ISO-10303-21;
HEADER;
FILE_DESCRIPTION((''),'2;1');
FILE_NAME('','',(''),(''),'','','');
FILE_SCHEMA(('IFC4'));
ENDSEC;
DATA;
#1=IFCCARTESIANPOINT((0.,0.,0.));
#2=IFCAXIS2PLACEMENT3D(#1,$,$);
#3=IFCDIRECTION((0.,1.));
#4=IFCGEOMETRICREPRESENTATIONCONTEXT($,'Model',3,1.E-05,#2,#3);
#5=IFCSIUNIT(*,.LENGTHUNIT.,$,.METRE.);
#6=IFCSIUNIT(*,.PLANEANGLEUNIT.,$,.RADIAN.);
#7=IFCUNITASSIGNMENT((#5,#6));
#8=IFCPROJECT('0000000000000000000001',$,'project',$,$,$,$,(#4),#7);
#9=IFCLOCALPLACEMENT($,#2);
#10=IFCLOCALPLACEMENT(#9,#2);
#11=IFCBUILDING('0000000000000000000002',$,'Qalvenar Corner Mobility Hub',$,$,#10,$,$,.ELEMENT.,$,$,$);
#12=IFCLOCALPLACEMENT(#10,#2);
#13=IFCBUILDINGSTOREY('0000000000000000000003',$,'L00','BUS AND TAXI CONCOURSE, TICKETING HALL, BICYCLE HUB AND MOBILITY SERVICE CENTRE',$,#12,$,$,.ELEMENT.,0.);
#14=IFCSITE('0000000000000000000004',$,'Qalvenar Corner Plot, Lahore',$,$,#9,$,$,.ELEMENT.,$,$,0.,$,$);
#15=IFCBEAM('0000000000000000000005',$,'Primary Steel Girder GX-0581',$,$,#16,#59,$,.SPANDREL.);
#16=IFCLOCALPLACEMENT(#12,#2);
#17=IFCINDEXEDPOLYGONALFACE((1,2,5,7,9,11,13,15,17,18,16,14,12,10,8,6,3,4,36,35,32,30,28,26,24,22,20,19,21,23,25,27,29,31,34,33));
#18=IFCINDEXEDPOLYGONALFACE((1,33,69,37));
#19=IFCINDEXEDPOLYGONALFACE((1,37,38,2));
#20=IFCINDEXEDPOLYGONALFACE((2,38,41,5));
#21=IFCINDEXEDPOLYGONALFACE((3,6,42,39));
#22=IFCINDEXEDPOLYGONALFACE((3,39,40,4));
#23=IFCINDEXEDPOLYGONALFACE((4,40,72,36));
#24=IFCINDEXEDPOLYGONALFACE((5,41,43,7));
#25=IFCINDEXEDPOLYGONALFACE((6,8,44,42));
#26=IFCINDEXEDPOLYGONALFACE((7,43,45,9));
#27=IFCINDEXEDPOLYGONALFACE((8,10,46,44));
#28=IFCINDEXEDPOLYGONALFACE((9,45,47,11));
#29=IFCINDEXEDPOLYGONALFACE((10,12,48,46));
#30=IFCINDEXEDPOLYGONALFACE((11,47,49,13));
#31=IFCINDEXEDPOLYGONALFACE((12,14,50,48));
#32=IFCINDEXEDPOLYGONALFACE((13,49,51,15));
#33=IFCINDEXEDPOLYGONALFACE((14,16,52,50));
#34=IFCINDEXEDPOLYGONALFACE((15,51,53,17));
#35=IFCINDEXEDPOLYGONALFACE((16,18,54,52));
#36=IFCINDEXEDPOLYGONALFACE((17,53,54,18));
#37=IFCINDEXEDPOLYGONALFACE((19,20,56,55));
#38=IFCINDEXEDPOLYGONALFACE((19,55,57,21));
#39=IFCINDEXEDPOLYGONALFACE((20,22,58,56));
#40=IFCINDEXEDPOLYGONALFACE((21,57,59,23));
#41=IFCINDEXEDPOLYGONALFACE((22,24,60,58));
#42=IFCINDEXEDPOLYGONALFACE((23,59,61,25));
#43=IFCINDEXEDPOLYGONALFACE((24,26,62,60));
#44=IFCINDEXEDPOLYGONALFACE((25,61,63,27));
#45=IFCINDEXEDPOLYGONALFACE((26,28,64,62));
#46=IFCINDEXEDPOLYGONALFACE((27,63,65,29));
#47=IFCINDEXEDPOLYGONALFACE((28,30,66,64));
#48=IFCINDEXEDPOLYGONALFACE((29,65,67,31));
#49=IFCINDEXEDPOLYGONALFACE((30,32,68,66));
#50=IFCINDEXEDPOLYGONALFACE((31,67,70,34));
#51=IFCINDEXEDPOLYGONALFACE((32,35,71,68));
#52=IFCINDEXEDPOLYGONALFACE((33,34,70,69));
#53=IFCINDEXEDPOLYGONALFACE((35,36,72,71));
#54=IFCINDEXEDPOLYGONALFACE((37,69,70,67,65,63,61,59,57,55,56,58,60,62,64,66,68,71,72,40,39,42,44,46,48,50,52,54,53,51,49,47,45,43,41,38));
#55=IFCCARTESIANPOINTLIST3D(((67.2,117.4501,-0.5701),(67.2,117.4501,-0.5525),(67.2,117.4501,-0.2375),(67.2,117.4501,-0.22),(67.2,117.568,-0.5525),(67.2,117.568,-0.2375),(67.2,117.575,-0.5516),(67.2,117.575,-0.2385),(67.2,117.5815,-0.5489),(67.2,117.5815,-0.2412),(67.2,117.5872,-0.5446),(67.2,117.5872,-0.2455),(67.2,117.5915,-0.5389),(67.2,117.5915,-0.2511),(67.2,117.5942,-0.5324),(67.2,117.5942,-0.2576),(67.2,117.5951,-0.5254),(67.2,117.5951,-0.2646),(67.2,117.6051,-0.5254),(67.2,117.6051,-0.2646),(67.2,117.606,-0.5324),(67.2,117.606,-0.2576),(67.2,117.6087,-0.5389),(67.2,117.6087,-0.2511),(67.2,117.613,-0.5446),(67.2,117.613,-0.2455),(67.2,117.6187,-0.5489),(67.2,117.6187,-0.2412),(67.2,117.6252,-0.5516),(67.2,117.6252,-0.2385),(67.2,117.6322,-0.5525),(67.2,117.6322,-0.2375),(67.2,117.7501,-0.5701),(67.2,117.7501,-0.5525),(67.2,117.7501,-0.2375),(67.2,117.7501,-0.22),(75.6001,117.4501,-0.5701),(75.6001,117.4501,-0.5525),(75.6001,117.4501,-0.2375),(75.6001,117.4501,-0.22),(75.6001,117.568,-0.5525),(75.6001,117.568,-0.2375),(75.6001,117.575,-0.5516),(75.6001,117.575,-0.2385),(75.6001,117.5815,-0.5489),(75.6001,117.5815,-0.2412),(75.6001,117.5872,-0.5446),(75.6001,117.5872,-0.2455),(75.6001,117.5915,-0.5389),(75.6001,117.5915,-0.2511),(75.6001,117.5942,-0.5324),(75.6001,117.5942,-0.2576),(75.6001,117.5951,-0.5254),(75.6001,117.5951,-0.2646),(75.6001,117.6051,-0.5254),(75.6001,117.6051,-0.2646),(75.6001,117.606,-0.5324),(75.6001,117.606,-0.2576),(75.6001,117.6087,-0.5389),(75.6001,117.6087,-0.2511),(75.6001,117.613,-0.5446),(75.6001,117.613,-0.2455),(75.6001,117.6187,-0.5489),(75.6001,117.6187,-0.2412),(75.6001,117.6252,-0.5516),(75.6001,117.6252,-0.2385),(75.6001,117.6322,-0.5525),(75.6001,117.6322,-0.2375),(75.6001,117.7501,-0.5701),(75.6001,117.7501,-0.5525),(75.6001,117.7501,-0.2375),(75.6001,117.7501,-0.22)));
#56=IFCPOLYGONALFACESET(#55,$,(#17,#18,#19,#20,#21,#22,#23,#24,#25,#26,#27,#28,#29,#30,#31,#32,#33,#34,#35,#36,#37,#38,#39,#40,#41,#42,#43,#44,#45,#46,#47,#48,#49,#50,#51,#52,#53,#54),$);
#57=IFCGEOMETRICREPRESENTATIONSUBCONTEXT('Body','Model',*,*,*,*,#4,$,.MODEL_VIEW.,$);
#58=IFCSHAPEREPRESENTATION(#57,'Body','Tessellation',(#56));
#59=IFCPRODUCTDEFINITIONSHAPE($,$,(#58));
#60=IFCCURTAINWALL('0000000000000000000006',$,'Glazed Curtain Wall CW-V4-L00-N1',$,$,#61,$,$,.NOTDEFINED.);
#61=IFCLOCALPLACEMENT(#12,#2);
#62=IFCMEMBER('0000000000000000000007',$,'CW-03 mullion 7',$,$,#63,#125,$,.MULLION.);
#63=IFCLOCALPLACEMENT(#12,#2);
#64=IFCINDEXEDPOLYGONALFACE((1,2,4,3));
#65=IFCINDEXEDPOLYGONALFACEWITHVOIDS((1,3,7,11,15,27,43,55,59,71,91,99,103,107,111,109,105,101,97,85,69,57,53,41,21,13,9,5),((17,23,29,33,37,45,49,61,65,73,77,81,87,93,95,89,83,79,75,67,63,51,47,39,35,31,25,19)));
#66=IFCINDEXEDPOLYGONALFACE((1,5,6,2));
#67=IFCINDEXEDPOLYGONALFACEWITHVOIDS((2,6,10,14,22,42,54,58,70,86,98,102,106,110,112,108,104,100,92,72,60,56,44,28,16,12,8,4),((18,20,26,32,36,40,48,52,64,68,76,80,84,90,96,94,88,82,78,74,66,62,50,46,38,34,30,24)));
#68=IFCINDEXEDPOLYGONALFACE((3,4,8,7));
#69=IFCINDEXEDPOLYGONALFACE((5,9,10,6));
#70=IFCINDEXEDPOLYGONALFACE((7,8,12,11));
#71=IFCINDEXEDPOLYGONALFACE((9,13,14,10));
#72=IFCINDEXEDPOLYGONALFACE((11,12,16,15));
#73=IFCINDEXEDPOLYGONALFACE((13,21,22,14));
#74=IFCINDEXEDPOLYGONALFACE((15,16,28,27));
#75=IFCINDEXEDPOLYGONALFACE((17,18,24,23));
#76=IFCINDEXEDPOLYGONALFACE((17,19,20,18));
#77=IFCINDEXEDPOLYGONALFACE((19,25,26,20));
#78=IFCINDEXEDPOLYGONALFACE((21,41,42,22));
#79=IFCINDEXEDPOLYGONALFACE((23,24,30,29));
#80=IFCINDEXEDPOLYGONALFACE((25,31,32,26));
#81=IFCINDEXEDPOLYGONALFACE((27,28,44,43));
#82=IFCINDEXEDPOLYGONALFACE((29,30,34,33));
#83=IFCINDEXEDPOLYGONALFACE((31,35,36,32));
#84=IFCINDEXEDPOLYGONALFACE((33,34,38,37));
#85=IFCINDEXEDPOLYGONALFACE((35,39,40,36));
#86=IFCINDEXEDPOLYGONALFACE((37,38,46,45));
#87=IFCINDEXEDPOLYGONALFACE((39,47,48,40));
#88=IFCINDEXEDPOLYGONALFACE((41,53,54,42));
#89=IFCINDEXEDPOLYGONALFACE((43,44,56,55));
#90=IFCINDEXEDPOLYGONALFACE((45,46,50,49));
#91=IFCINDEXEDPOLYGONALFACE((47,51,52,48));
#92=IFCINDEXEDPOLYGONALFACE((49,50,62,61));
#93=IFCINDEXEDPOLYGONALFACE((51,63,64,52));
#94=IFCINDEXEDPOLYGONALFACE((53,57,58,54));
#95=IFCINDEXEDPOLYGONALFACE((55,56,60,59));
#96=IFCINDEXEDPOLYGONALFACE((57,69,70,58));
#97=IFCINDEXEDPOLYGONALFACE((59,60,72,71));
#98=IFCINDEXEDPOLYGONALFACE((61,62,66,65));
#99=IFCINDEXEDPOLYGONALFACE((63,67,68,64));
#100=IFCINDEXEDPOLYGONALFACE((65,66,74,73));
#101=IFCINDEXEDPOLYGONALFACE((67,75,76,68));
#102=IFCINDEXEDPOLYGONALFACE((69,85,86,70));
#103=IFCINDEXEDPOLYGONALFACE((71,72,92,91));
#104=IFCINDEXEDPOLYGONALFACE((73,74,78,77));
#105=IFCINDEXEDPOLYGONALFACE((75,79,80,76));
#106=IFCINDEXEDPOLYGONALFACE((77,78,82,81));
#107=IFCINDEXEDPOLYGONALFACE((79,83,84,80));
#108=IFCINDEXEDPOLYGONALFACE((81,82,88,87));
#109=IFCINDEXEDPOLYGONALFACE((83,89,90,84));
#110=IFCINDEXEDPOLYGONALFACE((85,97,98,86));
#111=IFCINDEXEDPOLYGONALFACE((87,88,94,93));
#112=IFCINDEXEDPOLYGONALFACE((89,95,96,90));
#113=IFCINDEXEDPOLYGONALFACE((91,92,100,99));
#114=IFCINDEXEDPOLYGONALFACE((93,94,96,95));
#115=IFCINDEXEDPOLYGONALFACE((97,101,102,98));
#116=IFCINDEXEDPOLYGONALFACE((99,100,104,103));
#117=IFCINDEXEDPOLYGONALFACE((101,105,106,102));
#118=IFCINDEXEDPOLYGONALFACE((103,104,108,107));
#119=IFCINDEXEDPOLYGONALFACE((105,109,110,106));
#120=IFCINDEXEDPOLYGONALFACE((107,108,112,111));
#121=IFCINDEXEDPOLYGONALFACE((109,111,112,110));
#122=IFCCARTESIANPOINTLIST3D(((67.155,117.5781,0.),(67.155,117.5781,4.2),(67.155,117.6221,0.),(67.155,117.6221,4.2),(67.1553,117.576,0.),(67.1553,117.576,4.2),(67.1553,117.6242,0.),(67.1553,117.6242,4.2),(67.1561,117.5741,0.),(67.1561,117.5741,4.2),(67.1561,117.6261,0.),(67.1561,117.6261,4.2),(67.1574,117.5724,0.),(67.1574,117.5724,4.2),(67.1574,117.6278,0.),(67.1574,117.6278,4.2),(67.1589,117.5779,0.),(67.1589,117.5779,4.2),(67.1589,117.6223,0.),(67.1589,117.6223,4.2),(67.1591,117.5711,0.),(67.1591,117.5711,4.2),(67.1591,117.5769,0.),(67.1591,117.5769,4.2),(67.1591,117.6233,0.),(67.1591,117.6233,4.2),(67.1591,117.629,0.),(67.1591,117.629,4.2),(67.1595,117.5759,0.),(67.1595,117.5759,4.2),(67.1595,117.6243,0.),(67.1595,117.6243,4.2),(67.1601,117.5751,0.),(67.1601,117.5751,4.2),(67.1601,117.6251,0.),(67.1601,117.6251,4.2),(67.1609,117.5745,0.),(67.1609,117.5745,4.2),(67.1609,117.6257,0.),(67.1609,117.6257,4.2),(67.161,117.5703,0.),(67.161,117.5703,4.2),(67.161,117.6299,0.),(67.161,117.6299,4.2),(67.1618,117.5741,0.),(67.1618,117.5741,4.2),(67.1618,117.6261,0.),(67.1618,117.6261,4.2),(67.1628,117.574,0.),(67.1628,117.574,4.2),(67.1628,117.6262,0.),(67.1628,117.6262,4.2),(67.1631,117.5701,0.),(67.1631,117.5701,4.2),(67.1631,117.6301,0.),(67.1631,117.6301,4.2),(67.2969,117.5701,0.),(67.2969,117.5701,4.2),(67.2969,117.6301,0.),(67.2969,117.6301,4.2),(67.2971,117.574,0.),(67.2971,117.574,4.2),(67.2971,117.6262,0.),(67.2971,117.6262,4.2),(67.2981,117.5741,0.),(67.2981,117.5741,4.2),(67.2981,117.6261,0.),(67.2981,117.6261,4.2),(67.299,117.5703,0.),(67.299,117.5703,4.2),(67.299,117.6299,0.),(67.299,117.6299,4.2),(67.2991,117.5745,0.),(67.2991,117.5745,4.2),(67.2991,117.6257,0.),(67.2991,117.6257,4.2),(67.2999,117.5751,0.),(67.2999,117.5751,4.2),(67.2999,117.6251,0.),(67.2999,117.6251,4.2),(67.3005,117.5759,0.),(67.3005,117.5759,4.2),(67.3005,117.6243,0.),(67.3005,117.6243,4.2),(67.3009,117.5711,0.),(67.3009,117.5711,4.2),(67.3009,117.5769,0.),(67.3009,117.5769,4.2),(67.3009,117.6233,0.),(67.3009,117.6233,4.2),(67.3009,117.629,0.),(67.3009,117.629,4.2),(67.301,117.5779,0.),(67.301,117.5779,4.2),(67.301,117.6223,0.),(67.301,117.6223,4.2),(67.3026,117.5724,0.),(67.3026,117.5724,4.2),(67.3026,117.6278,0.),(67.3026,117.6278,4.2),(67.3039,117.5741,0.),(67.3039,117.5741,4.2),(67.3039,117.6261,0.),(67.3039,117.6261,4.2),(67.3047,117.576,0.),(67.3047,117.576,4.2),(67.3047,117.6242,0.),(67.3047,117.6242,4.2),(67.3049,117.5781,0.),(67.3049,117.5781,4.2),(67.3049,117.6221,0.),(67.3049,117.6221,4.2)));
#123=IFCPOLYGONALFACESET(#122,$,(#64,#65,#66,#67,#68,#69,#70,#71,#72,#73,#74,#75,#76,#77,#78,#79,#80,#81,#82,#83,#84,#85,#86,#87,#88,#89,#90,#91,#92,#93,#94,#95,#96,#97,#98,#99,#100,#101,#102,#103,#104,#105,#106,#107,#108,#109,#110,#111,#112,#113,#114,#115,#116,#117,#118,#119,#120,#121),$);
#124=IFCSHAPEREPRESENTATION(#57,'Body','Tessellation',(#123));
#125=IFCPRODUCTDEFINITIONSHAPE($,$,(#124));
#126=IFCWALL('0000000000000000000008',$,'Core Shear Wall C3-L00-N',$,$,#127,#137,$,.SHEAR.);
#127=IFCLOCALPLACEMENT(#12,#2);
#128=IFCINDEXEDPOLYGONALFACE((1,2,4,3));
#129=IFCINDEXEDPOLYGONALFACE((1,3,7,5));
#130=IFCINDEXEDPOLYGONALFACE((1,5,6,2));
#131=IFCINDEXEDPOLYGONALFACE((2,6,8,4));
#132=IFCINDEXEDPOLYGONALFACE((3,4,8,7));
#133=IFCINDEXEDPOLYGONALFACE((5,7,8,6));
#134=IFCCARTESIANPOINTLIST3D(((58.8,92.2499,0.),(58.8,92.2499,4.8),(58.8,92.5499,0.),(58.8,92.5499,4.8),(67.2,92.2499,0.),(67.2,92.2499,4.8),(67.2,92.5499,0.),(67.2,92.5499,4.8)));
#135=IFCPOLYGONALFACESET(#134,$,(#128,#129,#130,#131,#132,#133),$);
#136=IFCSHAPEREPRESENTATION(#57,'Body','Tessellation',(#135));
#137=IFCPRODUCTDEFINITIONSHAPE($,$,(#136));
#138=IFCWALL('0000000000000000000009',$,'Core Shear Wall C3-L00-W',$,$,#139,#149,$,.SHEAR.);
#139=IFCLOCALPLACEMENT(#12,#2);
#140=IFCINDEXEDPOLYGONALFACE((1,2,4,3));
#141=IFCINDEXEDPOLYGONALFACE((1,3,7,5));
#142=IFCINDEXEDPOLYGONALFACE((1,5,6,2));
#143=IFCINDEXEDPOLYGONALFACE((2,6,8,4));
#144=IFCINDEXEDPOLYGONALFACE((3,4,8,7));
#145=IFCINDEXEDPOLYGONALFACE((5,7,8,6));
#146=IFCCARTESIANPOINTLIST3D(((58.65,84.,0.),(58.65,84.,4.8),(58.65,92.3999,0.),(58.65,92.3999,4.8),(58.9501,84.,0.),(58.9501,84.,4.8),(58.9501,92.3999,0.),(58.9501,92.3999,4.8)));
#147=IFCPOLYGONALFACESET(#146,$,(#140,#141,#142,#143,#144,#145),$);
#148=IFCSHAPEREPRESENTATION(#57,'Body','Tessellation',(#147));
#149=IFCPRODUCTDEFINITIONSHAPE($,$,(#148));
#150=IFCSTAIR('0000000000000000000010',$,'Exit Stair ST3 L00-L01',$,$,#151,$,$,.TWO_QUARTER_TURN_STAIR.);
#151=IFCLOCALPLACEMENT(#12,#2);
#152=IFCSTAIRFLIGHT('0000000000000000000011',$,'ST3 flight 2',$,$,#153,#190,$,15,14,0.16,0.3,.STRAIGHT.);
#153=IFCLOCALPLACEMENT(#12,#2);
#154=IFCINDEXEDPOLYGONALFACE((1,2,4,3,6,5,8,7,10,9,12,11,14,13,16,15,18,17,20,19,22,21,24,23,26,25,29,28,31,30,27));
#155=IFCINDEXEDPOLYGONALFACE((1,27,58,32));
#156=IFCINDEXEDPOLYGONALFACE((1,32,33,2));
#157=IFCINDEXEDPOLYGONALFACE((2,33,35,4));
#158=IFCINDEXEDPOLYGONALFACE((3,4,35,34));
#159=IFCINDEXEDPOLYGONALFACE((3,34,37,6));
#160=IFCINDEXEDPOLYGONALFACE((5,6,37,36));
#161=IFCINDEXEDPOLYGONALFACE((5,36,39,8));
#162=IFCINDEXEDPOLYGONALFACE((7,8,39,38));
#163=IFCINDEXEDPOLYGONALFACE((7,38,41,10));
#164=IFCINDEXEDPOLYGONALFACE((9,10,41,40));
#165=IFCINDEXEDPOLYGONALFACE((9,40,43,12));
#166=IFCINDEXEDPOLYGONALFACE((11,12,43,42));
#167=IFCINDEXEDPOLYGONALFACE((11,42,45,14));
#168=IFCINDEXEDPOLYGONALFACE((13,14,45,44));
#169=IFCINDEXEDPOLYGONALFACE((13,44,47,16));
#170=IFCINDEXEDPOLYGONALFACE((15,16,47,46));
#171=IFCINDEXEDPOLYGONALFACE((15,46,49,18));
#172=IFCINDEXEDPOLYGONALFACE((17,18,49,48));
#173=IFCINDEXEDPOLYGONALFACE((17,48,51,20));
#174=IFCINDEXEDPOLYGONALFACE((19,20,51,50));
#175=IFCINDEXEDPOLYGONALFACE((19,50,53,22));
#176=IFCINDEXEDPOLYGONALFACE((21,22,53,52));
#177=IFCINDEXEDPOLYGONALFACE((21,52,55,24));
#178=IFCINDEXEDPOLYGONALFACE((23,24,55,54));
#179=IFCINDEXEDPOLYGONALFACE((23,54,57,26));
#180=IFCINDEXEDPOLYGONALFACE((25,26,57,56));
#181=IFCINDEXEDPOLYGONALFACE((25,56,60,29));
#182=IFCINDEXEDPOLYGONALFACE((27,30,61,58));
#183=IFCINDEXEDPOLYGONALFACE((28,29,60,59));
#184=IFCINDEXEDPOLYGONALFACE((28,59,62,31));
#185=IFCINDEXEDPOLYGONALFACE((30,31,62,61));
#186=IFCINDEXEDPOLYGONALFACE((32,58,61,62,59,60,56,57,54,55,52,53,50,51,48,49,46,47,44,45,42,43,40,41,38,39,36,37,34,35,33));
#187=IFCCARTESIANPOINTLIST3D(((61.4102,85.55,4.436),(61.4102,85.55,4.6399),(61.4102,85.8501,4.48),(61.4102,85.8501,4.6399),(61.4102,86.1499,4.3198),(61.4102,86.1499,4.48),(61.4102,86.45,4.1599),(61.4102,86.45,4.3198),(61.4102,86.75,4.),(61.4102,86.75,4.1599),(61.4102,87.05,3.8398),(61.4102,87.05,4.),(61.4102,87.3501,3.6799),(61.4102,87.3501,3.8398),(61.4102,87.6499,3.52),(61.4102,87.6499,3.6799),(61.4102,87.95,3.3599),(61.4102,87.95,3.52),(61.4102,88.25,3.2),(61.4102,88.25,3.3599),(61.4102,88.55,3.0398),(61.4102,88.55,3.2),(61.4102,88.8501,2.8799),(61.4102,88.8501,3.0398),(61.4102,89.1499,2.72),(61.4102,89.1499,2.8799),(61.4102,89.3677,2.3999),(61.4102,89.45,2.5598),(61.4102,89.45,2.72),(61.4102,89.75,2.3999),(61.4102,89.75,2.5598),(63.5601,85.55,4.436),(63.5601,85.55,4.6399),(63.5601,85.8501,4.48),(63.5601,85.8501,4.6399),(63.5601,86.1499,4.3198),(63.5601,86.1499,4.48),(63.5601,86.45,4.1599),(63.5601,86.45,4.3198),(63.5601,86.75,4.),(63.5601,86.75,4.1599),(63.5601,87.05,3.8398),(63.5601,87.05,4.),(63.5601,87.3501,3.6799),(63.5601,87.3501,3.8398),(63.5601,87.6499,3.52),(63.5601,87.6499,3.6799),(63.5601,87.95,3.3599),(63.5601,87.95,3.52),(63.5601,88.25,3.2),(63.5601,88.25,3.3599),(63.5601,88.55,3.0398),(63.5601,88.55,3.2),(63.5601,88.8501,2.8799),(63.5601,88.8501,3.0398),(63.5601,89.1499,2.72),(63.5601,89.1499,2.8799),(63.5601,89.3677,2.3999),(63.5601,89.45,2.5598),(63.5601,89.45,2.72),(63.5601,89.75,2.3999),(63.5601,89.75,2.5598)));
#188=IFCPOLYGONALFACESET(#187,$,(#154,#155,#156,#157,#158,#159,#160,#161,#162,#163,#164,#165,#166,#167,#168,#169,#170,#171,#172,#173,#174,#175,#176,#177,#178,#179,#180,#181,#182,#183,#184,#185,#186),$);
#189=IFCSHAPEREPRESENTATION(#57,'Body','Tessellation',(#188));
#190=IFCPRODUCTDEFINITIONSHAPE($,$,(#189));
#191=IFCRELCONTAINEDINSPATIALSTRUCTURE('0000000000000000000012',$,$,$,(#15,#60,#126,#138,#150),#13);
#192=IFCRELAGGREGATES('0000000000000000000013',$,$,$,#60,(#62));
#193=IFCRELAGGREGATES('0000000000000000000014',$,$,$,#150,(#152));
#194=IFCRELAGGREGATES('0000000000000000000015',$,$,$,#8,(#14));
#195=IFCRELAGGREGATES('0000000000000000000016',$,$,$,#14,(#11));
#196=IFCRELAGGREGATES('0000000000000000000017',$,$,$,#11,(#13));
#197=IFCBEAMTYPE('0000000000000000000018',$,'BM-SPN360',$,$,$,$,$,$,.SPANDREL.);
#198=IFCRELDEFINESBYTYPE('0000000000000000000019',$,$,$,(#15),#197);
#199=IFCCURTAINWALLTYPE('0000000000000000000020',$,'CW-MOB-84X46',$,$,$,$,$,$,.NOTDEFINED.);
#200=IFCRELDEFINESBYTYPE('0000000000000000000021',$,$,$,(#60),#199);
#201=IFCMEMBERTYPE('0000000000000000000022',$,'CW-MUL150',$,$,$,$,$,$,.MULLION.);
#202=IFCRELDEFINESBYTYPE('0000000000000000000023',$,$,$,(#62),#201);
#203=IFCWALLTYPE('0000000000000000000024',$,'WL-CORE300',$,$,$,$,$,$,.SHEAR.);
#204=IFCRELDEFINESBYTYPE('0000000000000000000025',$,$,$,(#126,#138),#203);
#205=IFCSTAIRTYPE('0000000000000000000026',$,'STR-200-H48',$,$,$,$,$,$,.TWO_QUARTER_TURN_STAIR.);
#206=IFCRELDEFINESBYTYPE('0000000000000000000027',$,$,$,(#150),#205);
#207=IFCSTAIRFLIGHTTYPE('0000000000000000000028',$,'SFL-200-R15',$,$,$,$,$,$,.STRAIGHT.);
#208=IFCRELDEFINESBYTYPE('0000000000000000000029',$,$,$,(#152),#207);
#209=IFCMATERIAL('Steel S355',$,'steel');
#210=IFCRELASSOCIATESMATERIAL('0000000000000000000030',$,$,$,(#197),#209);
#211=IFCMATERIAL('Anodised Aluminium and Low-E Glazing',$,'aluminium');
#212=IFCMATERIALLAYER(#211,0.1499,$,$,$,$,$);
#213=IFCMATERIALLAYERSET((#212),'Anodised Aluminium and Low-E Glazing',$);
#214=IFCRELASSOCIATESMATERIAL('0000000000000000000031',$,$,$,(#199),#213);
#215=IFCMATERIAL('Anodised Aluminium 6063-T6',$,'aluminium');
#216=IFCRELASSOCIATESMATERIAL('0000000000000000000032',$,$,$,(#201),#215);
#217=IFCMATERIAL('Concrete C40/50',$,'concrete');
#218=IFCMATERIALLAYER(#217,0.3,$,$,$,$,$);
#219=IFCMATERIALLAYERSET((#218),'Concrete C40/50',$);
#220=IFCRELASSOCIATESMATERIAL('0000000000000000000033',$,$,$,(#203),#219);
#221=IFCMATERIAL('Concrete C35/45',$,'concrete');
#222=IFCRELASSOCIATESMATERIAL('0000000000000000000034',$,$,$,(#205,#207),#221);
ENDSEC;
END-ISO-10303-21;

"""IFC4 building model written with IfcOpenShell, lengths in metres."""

from ifc_helpers import new_model, si_unit, direction, frame, frame_2d, origin, origin_2d, place, context, subcontext, project, spatial, polyline, rectangle, hollow_rectangle, i_section, outline, extrude, material, layer, layer_set, material_profile, profile_set, type_object, element, aggregate, save


model = new_model("IFC4")

# Units and contexts
model_context = context("Model", 3, precision=1e-05, world=origin(), true_north=direction((0.0, 1.0)))
body_context = subcontext(model_context, "Body", "Model", "MODEL_VIEW")
ifc_project = project(units=[si_unit("LENGTHUNIT", "METRE"), si_unit("PLANEANGLEUNIT", "RADIAN")], contexts=[model_context])

# Site, building, storey
site_placement = place(None, origin())
site = spatial("IfcSite", under=ifc_project, at=site_placement, Name="Qalvenar Corner Plot, Lahore", CompositionType="ELEMENT", RefElevation=0.0)
building_placement = place(site_placement, origin())
building = spatial("IfcBuilding", under=site, at=building_placement, Name="Qalvenar Corner Mobility Hub", CompositionType="ELEMENT")
storey_placement = place(building_placement, origin())
storey = spatial("IfcBuildingStorey", under=building, at=storey_placement, Name="L00", Description="BUS AND TAXI CONCOURSE, TICKETING HALL, BICYCLE HUB AND MOBILITY SERVICE CENTRE", CompositionType="ELEMENT", Elevation=0.0)

# Shared definitions
ifc_material_1 = material(Name="Steel S355", Category="steel")

# Beam
ifc_material_profile_1 = material_profile(ifc_material_1, i_section(OverallWidth=0.3, OverallDepth=0.3501, WebThickness=0.01, FlangeThickness=0.0176, FilletRadius=0.0271, at=origin_2d()), Name="HEA360")
ifc_profile_set_1 = profile_set([ifc_material_profile_1], Name="Steel S355")
beam_type_1 = type_object("IfcBeamType", Name="BM-SPN360", PredefinedType="SPANDREL", material=ifc_profile_set_1)
beam_1_placement = place(storey_placement, frame((67.2, 117.6001, -0.395), z_axis=(1.0, 0.0, 0.0), x_axis=(0.0, 1.0, 0.0)))
element("IfcBeam", 1, at=beam_1_placement, inside=storey, type_object=beam_type_1, Name="Primary Steel Girder GX-0581", PredefinedType="SPANDREL", context=body_context, shape_type="SweptSolid", body=[
    extrude(i_section(OverallWidth=0.3, OverallDepth=0.3501, WebThickness=0.01, FlangeThickness=0.0176, FilletRadius=0.0271, at=origin_2d()), origin(), (0.0, 0.0, 1.0), 8.4001),
])

# Curtain wall, member
ifc_material_2 = material(Name="Anodised Aluminium and Low-E Glazing", Category="aluminium")
ifc_layer_1 = layer(ifc_material_2, 0.1499)
ifc_layer_set_1 = layer_set([ifc_layer_1], Name="Anodised Aluminium and Low-E Glazing")
curtain_wall_type = type_object("IfcCurtainWallType", Name="CW-MOB-84X46", PredefinedType="NOTDEFINED", material=ifc_layer_set_1)
curtain_wall_placement = place(storey_placement, origin())
curtain_wall = element("IfcCurtainWall", 2, at=curtain_wall_placement, inside=storey, type_object=curtain_wall_type, Name="Glazed Curtain Wall CW-V4-L00-N1", PredefinedType="NOTDEFINED")
ifc_material_3 = material(Name="Anodised Aluminium 6063-T6", Category="aluminium")
ifc_material_profile_2 = material_profile(ifc_material_3, hollow_rectangle(XDim=0.0601, YDim=0.1499, WallThickness=0.0039, InnerFilletRadius=0.0039, OuterFilletRadius=0.0081, at=origin_2d()), Name="RHS150x60x4")
ifc_profile_set_2 = profile_set([ifc_material_profile_2], Name="Anodised Aluminium 6063-T6")
member_type = type_object("IfcMemberType", Name="CW-MUL150", PredefinedType="MULLION", material=ifc_profile_set_2)
member_placement = place(storey_placement, frame((67.23, 117.6001, 0.0), z_axis=(0.0, 0.0, 1.0), x_axis=(0.0, -1.0, 0.0)))
member = element("IfcMember", 3, at=member_placement, type_object=member_type, Name="CW-03 mullion 7", PredefinedType="MULLION", context=body_context, shape_type="SweptSolid", body=[
    extrude(hollow_rectangle(XDim=0.0601, YDim=0.1499, WallThickness=0.0039, InnerFilletRadius=0.0039, OuterFilletRadius=0.0081, at=origin_2d()), origin(), (0.0, 0.0, 1.0), 4.2),
])
aggregate(curtain_wall, [member])

# Walls
ifc_material_4 = material(Name="Concrete C40/50", Category="concrete")
ifc_layer_2 = layer(ifc_material_4, 0.3)
ifc_layer_set_2 = layer_set([ifc_layer_2], Name="Concrete C40/50")
wall_type = type_object("IfcWallType", Name="WL-CORE300", PredefinedType="SHEAR", material=ifc_layer_set_2)
for number, where, z_axis, x_axis, name in (
    (4, (67.2, 92.3999, 0.0), (0.0, 0.0, 1.0), (-1.0, 0.0, 0.0), "Core Shear Wall C3-L00-N"),
    (5, (58.8, 92.3999, 0.0), (0.0, 0.0, 1.0), (0.0, -1.0, 0.0), "Core Shear Wall C3-L00-W"),
):
    element("IfcWall", number, at=place(storey_placement, frame(where, z_axis=z_axis, x_axis=x_axis)), inside=storey, type_object=wall_type, Name=name, PredefinedType="SHEAR", context=body_context, shape_type="SweptSolid", body=[
        extrude(rectangle(XDim=8.3999, YDim=0.3, at=frame_2d((4.2, 0.0))), origin(), (0.0, 0.0, 1.0), 4.8),
    ])

# Stair, stair flight
ifc_material_5 = material(Name="Concrete C35/45", Category="concrete")
stair_type = type_object("IfcStairType", Name="STR-200-H48", PredefinedType="TWO_QUARTER_TURN_STAIR", material=ifc_material_5)
stair_placement = place(storey_placement, origin())
stair = element("IfcStair", 6, at=stair_placement, inside=storey, type_object=stair_type, Name="Exit Stair ST3 L00-L01", PredefinedType="TWO_QUARTER_TURN_STAIR")
stair_flight_type = type_object("IfcStairFlightType", Name="SFL-200-R15", PredefinedType="STRAIGHT", material=ifc_material_5)
stair_flight_placement = place(storey_placement, frame((62.4851, 89.75, 2.3999), z_axis=(0.0, 0.0, 1.0), x_axis=(0.0, -1.0, 0.0)))
stair_flight = element("IfcStairFlight", 7, at=stair_flight_placement, type_object=stair_flight_type, Name="ST3 flight 2", NumberOfRisers=15, NumberOfTreads=14, PredefinedType="STRAIGHT", RiserHeight=0.16, TreadLength=0.3, context=body_context, shape_type="SweptSolid", body=[
    extrude(outline(polyline([(0.0, 0.0), (0.0, 0.1599), (0.3, 0.1599), (0.3, 0.3201), (0.6001, 0.3201), (0.6001, 0.48), (0.8999, 0.48), (0.8999, 0.6399), (1.2, 0.6399), (1.2, 0.8), (1.5, 0.8), (1.5, 0.96), (1.8, 0.96), (1.8, 1.1201), (2.1001, 1.1201), (2.1001, 1.28), (2.3999, 1.28), (2.3999, 1.4399), (2.7, 1.4399), (2.7, 1.6001), (3.0, 1.6001), (3.0, 1.76), (3.3, 1.76), (3.3, 1.9199), (3.6001, 1.9199), (3.6001, 2.0801), (3.8999, 2.0801), (3.8999, 2.24), (4.2, 2.24), (4.2, 2.3999), (4.2, 2.0361), (0.3823, 0.0), (0.0, 0.0)])), frame((0.0, 1.075, 0.0), z_axis=(0.0, -1.0, 0.0), x_axis=(1.0, 0.0, 0.0)), (0.0, 0.0, 1.0), 2.1499),
])
aggregate(stair, [stair_flight])

save(model, "model.ifc")
